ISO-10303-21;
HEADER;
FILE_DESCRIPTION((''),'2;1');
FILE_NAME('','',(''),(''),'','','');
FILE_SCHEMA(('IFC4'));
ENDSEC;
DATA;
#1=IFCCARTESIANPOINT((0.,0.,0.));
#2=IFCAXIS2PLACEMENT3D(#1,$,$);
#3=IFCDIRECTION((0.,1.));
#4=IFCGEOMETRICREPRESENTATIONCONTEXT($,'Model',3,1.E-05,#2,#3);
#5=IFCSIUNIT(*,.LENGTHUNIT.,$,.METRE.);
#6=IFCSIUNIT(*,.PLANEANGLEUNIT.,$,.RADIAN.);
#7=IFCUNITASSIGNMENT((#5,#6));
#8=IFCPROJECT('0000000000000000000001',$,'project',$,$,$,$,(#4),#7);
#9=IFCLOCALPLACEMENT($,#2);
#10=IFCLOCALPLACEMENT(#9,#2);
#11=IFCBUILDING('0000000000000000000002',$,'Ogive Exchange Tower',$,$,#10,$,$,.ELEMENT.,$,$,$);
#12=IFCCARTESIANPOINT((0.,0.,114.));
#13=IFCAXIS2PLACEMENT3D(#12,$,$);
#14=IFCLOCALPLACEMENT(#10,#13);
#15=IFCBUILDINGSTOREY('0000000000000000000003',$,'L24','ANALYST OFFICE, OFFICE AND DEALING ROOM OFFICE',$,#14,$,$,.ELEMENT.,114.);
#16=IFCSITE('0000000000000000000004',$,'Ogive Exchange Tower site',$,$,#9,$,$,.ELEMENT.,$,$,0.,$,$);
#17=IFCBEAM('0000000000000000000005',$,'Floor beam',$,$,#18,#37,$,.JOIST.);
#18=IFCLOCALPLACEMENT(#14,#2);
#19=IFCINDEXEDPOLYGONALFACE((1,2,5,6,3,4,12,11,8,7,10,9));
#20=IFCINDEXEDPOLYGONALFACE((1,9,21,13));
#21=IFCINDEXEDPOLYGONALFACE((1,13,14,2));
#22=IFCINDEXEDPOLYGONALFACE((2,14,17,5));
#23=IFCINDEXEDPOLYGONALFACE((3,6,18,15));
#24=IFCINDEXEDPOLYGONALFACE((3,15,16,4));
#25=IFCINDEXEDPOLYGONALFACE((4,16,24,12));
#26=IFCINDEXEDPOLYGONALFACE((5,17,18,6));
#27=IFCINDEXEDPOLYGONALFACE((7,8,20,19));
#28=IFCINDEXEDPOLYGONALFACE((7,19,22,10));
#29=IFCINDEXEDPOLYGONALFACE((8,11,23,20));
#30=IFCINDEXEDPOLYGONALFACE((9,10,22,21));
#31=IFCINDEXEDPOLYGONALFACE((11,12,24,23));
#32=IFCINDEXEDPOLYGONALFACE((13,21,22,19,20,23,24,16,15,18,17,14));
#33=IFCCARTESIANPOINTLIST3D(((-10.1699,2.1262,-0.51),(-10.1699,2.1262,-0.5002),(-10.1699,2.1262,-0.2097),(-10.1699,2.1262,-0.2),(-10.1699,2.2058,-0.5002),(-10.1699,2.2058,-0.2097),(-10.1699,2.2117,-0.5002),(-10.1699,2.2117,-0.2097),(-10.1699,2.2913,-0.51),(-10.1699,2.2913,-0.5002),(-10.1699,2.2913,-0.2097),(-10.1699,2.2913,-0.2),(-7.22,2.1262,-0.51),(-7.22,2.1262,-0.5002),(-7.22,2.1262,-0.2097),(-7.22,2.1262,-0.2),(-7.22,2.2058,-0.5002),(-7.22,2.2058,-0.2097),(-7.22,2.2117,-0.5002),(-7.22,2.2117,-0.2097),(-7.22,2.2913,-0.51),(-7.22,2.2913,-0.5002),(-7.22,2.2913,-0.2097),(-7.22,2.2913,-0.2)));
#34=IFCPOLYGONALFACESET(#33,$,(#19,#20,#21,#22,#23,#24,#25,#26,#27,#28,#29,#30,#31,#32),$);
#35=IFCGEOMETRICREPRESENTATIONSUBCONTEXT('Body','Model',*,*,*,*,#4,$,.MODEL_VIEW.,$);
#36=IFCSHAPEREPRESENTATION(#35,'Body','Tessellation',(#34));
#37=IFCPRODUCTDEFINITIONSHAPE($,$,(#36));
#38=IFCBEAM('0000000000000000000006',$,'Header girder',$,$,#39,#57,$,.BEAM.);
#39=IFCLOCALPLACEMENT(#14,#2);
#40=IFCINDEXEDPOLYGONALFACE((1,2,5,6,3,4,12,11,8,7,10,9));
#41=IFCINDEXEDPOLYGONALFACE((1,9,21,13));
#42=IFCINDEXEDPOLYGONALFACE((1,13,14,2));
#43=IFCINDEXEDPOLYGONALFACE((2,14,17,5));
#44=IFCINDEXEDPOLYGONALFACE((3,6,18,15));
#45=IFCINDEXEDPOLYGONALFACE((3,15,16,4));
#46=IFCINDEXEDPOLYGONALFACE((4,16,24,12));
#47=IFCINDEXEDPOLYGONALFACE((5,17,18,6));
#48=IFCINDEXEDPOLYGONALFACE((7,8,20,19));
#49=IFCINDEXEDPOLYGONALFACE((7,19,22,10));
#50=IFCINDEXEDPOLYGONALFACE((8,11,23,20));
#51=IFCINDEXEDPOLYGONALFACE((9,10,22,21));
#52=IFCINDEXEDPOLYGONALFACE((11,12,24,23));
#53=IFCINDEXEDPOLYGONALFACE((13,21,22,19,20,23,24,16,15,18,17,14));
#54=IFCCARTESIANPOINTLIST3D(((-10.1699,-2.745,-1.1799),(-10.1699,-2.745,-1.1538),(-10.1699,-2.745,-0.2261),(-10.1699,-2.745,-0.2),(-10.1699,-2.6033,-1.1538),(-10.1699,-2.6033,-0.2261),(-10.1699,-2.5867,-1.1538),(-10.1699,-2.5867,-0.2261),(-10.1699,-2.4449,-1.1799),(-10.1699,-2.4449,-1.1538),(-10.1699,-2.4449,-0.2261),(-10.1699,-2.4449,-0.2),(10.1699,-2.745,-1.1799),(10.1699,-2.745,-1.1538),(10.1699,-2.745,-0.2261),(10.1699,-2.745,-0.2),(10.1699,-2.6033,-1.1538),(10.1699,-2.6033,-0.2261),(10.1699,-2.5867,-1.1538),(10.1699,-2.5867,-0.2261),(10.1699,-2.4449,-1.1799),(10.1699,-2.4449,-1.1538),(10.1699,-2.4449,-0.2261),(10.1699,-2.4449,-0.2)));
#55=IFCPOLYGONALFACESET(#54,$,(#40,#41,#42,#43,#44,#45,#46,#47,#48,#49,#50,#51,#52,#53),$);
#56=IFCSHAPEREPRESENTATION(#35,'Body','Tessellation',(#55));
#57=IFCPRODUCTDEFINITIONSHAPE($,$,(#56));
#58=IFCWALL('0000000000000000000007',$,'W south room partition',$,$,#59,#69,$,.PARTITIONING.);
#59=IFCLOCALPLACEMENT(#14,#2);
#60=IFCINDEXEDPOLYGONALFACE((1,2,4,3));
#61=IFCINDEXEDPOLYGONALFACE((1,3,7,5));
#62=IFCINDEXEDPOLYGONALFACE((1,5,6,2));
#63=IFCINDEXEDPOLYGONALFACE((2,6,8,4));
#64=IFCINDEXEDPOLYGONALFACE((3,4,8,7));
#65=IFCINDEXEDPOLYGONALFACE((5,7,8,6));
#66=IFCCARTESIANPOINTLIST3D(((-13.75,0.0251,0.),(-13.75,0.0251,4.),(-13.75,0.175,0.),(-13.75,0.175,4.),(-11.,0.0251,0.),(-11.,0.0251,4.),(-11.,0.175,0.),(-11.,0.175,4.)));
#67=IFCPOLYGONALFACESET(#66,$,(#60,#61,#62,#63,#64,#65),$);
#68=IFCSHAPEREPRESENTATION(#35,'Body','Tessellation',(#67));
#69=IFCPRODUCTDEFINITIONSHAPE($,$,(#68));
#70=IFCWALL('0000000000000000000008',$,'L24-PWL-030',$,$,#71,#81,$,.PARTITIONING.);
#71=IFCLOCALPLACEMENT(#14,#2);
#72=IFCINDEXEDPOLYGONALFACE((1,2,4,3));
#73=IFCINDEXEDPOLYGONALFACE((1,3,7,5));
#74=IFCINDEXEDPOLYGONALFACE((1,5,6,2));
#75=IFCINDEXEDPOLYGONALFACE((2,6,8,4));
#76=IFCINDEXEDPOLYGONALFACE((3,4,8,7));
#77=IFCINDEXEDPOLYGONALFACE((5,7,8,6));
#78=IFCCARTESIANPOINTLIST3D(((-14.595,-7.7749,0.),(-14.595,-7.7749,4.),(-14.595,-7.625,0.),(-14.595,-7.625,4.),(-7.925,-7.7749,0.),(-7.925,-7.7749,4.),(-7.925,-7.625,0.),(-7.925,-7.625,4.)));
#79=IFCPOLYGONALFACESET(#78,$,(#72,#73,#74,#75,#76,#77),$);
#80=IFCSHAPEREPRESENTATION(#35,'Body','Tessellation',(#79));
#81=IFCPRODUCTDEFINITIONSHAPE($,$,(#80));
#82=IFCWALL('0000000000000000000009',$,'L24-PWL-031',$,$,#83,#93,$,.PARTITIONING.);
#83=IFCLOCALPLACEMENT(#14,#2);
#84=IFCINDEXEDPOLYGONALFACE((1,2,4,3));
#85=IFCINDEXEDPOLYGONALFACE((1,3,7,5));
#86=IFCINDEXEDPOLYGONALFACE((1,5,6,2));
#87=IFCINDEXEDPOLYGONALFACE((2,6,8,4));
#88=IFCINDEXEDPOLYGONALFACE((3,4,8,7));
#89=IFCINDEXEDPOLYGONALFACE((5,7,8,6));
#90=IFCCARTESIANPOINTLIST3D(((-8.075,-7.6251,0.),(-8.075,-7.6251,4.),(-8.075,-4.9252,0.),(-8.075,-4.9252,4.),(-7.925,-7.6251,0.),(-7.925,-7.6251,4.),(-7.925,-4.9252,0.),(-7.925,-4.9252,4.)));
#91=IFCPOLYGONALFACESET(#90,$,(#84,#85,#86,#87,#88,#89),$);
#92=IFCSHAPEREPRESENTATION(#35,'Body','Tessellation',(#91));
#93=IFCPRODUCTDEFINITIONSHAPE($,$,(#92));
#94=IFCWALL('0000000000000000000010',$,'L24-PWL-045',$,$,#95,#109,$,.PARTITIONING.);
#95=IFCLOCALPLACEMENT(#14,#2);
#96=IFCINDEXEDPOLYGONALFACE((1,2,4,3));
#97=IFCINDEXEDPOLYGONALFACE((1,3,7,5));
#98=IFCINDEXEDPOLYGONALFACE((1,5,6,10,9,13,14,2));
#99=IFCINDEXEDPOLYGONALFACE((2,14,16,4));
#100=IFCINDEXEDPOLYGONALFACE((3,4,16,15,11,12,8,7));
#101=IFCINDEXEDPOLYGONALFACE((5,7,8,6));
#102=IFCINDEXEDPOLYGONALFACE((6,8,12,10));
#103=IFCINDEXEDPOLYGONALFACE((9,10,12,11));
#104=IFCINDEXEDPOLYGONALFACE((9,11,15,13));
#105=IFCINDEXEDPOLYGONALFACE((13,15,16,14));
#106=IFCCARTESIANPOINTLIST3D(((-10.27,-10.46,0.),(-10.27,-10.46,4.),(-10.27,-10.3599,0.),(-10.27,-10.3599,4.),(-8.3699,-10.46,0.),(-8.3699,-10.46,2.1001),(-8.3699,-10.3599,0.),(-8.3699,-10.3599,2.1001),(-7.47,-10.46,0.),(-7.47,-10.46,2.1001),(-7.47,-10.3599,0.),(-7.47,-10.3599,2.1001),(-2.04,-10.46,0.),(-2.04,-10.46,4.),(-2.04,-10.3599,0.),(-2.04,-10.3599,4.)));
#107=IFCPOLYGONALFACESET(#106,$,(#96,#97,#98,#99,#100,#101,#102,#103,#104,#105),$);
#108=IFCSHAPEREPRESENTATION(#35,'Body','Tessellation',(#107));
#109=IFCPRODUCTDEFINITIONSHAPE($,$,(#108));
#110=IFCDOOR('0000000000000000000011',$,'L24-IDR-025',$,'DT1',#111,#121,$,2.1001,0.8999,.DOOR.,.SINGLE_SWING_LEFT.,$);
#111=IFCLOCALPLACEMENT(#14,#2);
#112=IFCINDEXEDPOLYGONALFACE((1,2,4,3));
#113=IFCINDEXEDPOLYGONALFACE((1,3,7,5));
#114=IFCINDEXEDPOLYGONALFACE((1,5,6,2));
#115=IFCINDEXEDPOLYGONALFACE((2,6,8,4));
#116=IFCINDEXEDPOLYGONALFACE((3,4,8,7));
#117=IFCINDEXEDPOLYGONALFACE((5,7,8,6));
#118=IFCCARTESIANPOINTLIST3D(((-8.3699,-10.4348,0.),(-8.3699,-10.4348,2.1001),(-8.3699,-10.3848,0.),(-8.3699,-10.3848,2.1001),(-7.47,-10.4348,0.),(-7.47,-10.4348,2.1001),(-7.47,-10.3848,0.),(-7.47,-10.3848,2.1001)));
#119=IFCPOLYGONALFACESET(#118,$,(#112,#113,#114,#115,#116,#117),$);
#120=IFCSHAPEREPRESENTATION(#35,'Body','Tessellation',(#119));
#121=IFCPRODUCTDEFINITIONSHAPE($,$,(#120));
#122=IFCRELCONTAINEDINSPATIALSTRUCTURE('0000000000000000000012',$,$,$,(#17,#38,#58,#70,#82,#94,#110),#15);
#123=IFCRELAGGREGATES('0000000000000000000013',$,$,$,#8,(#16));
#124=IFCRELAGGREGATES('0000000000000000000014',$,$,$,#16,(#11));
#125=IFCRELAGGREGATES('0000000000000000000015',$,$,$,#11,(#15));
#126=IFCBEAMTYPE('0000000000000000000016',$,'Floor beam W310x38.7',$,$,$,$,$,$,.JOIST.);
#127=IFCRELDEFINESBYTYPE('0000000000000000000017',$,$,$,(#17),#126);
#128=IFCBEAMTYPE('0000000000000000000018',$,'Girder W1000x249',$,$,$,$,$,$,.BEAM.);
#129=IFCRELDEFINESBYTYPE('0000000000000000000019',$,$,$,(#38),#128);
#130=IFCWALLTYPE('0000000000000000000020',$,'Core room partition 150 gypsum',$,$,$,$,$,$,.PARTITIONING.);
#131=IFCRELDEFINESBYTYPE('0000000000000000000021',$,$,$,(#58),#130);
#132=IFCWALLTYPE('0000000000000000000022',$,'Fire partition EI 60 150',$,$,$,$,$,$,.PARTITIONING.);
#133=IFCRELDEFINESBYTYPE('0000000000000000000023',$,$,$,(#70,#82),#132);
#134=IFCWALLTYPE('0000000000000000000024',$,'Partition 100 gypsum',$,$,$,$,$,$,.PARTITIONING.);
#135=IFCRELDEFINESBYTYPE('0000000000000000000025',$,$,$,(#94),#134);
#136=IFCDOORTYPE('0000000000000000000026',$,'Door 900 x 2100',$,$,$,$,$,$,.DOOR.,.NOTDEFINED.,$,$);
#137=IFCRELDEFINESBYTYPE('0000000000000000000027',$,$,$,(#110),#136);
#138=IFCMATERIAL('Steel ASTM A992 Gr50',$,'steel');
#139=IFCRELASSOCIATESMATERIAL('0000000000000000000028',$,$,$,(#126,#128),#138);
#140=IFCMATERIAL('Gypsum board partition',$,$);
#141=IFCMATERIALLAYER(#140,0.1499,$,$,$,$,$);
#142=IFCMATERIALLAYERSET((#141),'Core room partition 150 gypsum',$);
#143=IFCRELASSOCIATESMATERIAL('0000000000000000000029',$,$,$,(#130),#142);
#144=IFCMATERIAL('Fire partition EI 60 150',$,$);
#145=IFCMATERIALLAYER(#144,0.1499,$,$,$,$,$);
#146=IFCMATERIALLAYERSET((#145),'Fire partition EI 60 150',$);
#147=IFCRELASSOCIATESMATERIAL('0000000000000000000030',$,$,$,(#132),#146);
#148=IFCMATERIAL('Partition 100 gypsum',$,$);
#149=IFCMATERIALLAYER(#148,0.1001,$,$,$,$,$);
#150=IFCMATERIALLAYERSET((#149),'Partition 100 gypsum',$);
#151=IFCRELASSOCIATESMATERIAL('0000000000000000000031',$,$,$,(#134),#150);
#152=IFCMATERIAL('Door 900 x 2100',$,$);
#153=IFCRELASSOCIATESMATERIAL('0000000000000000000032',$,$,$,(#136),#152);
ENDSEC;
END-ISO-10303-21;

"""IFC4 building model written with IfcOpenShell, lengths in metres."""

from ifc_helpers import new_model, si_unit, direction, frame, frame_2d, origin, origin_2d, place, context, subcontext, project, spatial, rectangle, i_section, extrude, material, layer, layer_set, material_profile, profile_set, type_object, element, fill, save


model = new_model("IFC4")

# Units and contexts
model_context = context("Model", 3, precision=1e-05, world=origin(), true_north=direction((0.0, 1.0)))
body_context = subcontext(model_context, "Body", "Model", "MODEL_VIEW")
ifc_project = project(units=[si_unit("LENGTHUNIT", "METRE"), si_unit("PLANEANGLEUNIT", "RADIAN")], contexts=[model_context])

# Site, building, storey
site_placement = place(None, origin())
site = spatial("IfcSite", under=ifc_project, at=site_placement, Name="Ogive Exchange Tower site", CompositionType="ELEMENT", RefElevation=0.0)
building_placement = place(site_placement, origin())
building = spatial("IfcBuilding", under=site, at=building_placement, Name="Ogive Exchange Tower", CompositionType="ELEMENT")
storey_placement = place(building_placement, frame((0.0, 0.0, 114.0)))
storey = spatial("IfcBuildingStorey", under=building, at=storey_placement, Name="L24", Description="ANALYST OFFICE, OFFICE AND DEALING ROOM OFFICE", CompositionType="ELEMENT", Elevation=114.0)

# Beams
ifc_material_1 = material(Name="Steel ASTM A992 Gr50", Category="steel")
ifc_material_profile_1 = material_profile(ifc_material_1, i_section(OverallWidth=0.165, OverallDepth=0.3101, WebThickness=0.0059, FlangeThickness=0.0098, at=origin_2d()), Name="W310x38.7")
ifc_profile_set_1 = profile_set([ifc_material_profile_1], Name="Steel ASTM A992 Gr50")
beam_type_1 = type_object("IfcBeamType", Name="Floor beam W310x38.7", PredefinedType="JOIST", material=ifc_profile_set_1)
beam_1_placement = place(storey_placement, frame((-10.1699, 2.2087, -0.355), z_axis=(1.0, 0.0, 0.0), x_axis=(0.0, 1.0, 0.0)))
element("IfcBeam", 1, at=beam_1_placement, inside=storey, type_object=beam_type_1, Name="Floor beam", PredefinedType="JOIST", context=body_context, shape_type="SweptSolid", body=[
    extrude(i_section(OverallWidth=0.165, OverallDepth=0.3101, WebThickness=0.0059, FlangeThickness=0.0098, at=origin_2d()), origin(), (0.0, 0.0, 1.0), 2.95),
])
ifc_material_profile_2 = material_profile(ifc_material_1, i_section(OverallWidth=0.3, OverallDepth=0.98, WebThickness=0.0166, FlangeThickness=0.0261, at=origin_2d()), Name="W1000x249")
ifc_profile_set_2 = profile_set([ifc_material_profile_2], Name="Steel ASTM A992 Gr50")
beam_type_2 = type_object("IfcBeamType", Name="Girder W1000x249", PredefinedType="BEAM", material=ifc_profile_set_2)
beam_2_placement = place(storey_placement, frame((-10.1699, -2.595, -0.6899), z_axis=(1.0, 0.0, 0.0), x_axis=(0.0, 1.0, 0.0)))
element("IfcBeam", 2, at=beam_2_placement, inside=storey, type_object=beam_type_2, Name="Header girder", PredefinedType="BEAM", context=body_context, shape_type="SweptSolid", body=[
    extrude(i_section(OverallWidth=0.3, OverallDepth=0.98, WebThickness=0.0166, FlangeThickness=0.0261, at=origin_2d()), origin(), (0.0, 0.0, 1.0), 20.3398),
])

# Walls
ifc_material_2 = material(Name="Gypsum board partition")
ifc_layer_1 = layer(ifc_material_2, 0.1499)
ifc_layer_set_1 = layer_set([ifc_layer_1], Name="Core room partition 150 gypsum")
wall_type_1 = type_object("IfcWallType", Name="Core room partition 150 gypsum", PredefinedType="PARTITIONING", material=ifc_layer_set_1)
wall_1_placement = place(storey_placement, frame((-13.75, 0.1001, 0.0), z_axis=(0.0, 0.0, 1.0), x_axis=(1.0, 0.0, 0.0)))
element("IfcWall", 3, at=wall_1_placement, inside=storey, type_object=wall_type_1, Name="W south room partition", PredefinedType="PARTITIONING", context=body_context, shape_type="SweptSolid", body=[
    extrude(rectangle(XDim=2.75, YDim=0.1499, at=frame_2d((1.375, 0.0))), origin(), (0.0, 0.0, 1.0), 4.0),
])
ifc_material_3 = material(Name="Fire partition EI 60 150")
ifc_layer_2 = layer(ifc_material_3, 0.1499)
ifc_layer_set_2 = layer_set([ifc_layer_2], Name="Fire partition EI 60 150")
wall_type_2 = type_object("IfcWallType", Name="Fire partition EI 60 150", PredefinedType="PARTITIONING", material=ifc_layer_set_2)
wall_2_placement = place(storey_placement, frame((-7.925, -7.7, 0.0), z_axis=(0.0, 0.0, 1.0), x_axis=(-1.0, 0.0, 0.0)))
element("IfcWall", 4, at=wall_2_placement, inside=storey, type_object=wall_type_2, Name="L24-PWL-030", PredefinedType="PARTITIONING", context=body_context, shape_type="SweptSolid", body=[
    extrude(rectangle(XDim=6.6699, YDim=0.1499, at=frame_2d((3.335, 0.0))), origin(), (0.0, 0.0, 1.0), 4.0),
])
wall_3_placement = place(storey_placement, frame((-8.0, -4.925, 0.0), z_axis=(0.0, 0.0, 1.0), x_axis=(0.0, -1.0, 0.0)))
element("IfcWall", 5, at=wall_3_placement, inside=storey, type_object=wall_type_2, Name="L24-PWL-031", PredefinedType="PARTITIONING", context=body_context, shape_type="SweptSolid", body=[
    extrude(rectangle(XDim=2.7, YDim=0.1499, at=frame_2d((1.3501, 0.0))), origin(), (0.0, 0.0, 1.0), 4.0),
])

# Wall, opening, door
ifc_material_4 = material(Name="Partition 100 gypsum")
ifc_layer_3 = layer(ifc_material_4, 0.1001)
ifc_layer_set_3 = layer_set([ifc_layer_3], Name="Partition 100 gypsum")
wall_type_3 = type_object("IfcWallType", Name="Partition 100 gypsum", PredefinedType="PARTITIONING", material=ifc_layer_set_3)
wall_4_placement = place(storey_placement, frame((-2.04, -10.4099, 0.0), z_axis=(0.0, 0.0, 1.0), x_axis=(-1.0, 0.0, 0.0)))
wall_4 = element("IfcWall", 6, at=wall_4_placement, inside=storey, type_object=wall_type_3, Name="L24-PWL-045", PredefinedType="PARTITIONING", context=body_context, shape_type="SweptSolid", body=[
    extrude(rectangle(XDim=8.23, YDim=0.1001, at=frame_2d((4.115, 0.0))), origin(), (0.0, 0.0, 1.0), 4.0),
])
opening_1_placement = place(wall_4_placement, frame((5.4299, 0.0, 0.0)))
opening_1 = element("IfcOpeningElement", 7, at=opening_1_placement, cuts=wall_4, PredefinedType="OPENING", context=body_context, shape_type="SweptSolid", body=[
    extrude(rectangle(XDim=0.8999, YDim=2.1001, at=frame_2d((0.45, 1.05))), frame((0.0, 0.0601, 0.0), z_axis=(0.0, -1.0, 0.0), x_axis=(1.0, 0.0, 0.0)), (0.0, 0.0, 1.0), 0.1201),
])
ifc_material_5 = material(Name="Door 900 x 2100")
door_type_1 = type_object("IfcDoorType", Name="Door 900 x 2100", OperationType="NOTDEFINED", PredefinedType="DOOR", material=ifc_material_5)
door_1_placement = place(opening_1_placement, origin())
door_1 = element("IfcDoor", 8, at=door_1_placement, inside=storey, type_object=door_type_1, Name="L24-IDR-025", ObjectType="DT1", OperationType="SINGLE_SWING_LEFT", OverallHeight=2.1001, OverallWidth=0.8999, PredefinedType="DOOR", context=body_context, shape_type="SweptSolid", body=[
    extrude(rectangle(XDim=0.8999, YDim=2.1001, at=frame_2d((0.45, 1.05))), frame((0.0, 0.0249, 0.0), z_axis=(0.0, -1.0, 0.0), x_axis=(1.0, 0.0, 0.0)), (0.0, 0.0, 1.0), 0.05),
])
fill(opening_1, door_1)

save(model, "model.ifc")
